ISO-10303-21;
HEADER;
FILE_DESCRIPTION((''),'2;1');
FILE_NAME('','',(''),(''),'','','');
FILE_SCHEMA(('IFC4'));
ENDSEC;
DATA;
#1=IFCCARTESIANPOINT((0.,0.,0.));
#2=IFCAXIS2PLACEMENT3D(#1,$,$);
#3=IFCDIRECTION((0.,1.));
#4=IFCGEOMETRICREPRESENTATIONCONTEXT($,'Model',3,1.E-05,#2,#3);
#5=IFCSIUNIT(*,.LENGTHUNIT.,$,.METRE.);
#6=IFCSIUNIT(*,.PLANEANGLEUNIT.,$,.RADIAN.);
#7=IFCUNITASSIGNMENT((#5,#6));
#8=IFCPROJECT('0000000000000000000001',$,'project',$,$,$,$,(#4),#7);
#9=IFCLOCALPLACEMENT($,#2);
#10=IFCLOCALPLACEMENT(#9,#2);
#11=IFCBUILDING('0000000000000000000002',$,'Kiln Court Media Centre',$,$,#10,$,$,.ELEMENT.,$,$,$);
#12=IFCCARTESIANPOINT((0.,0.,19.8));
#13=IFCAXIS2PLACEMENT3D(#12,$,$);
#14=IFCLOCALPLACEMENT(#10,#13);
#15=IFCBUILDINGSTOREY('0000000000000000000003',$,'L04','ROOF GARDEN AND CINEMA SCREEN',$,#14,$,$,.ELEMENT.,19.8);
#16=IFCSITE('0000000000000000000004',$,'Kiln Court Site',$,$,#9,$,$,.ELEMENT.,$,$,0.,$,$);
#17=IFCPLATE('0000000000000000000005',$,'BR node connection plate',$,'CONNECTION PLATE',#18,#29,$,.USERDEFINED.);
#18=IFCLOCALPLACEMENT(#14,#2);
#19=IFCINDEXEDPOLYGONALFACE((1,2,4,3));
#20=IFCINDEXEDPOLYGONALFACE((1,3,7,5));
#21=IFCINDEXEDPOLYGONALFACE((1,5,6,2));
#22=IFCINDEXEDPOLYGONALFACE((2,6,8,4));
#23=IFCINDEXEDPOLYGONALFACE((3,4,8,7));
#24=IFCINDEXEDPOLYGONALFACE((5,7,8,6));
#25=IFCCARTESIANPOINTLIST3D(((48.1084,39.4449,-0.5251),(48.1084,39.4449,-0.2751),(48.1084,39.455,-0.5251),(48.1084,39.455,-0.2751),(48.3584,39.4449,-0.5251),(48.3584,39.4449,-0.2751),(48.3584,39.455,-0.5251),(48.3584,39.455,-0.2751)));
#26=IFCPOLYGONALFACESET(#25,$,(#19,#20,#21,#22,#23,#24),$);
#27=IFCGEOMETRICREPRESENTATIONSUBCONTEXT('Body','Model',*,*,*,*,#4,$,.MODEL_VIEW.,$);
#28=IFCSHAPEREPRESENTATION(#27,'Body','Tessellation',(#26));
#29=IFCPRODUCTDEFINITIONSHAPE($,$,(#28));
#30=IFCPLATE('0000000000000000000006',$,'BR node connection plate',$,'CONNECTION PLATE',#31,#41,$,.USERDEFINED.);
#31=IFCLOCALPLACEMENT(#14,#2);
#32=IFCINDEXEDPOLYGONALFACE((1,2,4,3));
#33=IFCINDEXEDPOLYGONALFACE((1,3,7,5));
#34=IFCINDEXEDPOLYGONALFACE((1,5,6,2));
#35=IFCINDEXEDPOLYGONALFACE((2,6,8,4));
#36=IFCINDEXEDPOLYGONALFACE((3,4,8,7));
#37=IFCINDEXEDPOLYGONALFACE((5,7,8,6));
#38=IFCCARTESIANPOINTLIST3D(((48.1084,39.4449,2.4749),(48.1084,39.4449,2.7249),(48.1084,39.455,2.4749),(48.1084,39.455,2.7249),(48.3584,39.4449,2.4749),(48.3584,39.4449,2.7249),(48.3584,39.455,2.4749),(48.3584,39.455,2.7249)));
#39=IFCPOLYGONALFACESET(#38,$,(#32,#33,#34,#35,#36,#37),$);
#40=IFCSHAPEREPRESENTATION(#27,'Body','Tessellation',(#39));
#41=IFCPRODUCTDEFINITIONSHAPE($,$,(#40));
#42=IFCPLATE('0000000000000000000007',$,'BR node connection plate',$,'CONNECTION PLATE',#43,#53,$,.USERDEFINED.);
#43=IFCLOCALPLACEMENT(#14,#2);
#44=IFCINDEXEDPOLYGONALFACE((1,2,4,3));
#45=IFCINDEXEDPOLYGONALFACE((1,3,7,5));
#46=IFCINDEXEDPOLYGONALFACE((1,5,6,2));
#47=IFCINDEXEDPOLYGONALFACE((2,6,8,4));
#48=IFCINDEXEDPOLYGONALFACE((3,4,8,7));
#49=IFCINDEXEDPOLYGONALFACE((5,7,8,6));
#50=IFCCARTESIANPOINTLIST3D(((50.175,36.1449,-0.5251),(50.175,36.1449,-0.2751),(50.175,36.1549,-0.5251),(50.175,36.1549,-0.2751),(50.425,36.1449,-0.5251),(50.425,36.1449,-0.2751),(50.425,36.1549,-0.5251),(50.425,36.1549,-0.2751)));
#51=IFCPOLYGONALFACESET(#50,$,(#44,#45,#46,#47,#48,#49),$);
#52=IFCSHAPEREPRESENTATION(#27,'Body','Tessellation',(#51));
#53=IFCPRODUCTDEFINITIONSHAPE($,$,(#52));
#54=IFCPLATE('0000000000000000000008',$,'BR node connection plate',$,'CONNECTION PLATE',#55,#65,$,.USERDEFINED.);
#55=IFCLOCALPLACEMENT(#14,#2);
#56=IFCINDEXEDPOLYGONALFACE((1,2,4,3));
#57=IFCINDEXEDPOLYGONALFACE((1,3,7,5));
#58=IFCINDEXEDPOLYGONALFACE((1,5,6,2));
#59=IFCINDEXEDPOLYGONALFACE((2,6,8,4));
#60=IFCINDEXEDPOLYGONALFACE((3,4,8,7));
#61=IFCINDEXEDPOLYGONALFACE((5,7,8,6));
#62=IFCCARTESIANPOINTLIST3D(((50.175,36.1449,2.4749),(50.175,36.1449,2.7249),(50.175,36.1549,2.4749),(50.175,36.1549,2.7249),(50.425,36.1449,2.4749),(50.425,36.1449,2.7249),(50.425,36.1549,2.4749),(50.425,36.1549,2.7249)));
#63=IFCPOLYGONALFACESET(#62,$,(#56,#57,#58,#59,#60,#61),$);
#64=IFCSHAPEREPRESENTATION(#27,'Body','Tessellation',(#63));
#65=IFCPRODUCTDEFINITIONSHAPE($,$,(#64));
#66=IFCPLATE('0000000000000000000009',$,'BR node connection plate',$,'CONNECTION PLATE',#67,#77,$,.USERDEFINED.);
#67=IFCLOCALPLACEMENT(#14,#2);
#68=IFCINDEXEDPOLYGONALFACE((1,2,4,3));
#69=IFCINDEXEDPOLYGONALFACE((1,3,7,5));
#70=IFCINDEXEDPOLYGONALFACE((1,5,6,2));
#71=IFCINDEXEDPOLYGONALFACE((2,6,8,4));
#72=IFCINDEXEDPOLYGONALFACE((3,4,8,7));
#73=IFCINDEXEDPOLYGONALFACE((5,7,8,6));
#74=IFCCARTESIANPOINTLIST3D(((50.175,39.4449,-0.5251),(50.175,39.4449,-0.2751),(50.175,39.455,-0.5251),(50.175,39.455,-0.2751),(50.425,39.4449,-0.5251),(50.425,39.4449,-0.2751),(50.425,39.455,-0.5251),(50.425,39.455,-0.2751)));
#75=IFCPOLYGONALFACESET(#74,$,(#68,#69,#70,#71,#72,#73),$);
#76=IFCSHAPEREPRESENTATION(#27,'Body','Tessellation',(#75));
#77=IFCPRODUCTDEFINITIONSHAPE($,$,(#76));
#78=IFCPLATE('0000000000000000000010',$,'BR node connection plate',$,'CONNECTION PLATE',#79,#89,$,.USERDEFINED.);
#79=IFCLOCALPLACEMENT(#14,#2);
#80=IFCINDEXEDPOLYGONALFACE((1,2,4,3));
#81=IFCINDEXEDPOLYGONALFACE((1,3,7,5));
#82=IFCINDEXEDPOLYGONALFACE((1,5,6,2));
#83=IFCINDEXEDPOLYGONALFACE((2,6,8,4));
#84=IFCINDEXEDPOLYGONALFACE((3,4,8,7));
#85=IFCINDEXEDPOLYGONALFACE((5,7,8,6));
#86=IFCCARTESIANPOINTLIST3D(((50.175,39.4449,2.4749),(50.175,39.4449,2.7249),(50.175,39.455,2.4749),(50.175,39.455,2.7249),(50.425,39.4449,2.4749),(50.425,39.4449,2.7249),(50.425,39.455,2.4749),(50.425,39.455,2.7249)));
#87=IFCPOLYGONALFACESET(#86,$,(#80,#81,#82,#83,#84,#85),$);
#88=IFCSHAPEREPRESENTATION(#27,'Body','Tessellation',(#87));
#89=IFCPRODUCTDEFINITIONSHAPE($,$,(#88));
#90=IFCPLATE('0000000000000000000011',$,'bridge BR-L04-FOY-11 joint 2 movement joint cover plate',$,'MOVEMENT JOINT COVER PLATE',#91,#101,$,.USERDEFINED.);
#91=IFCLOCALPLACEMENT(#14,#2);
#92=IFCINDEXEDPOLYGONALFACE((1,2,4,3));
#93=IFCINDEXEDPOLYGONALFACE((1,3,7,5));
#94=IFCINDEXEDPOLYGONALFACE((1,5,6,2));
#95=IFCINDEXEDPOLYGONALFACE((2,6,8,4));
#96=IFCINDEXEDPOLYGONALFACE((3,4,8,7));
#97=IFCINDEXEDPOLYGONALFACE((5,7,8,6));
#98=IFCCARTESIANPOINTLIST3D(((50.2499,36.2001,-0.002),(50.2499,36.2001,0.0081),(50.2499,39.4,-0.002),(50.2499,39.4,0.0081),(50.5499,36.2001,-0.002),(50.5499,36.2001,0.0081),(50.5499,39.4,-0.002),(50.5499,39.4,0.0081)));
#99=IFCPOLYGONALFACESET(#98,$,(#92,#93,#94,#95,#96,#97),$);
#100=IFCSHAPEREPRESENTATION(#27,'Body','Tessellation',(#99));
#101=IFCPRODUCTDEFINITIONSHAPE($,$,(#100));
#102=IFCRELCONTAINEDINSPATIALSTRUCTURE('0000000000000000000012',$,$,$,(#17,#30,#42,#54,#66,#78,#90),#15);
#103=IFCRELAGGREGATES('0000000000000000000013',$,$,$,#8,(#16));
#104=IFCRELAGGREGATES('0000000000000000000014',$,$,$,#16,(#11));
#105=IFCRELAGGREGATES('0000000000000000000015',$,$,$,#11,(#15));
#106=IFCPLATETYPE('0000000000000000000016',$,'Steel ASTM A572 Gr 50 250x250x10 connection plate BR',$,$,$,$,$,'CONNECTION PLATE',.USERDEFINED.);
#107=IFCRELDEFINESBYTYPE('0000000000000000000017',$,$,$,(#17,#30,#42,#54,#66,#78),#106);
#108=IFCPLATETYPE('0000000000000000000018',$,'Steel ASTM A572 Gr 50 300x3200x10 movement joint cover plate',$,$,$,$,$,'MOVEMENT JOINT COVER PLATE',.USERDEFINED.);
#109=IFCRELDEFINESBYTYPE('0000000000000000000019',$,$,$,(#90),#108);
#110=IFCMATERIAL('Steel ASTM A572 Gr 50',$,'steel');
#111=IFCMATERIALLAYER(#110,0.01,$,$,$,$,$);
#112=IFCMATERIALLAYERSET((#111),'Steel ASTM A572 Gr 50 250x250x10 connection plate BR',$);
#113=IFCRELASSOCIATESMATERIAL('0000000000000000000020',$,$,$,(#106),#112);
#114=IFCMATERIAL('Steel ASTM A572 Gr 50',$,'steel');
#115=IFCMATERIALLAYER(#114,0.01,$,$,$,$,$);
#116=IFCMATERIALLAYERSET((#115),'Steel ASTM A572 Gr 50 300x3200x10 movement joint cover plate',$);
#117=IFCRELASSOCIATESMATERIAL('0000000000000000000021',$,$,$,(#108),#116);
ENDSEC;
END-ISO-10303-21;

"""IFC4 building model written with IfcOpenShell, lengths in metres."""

from ifc_helpers import new_model, si_unit, direction, frame, origin, origin_2d, place, context, subcontext, project, spatial, rectangle, extrude, material, layer, layer_set, type_object, element, save


model = new_model("IFC4")

# Units and contexts
model_context = context("Model", 3, precision=1e-05, world=origin(), true_north=direction((0.0, 1.0)))
body_context = subcontext(model_context, "Body", "Model", "MODEL_VIEW")
ifc_project = project(units=[si_unit("LENGTHUNIT", "METRE"), si_unit("PLANEANGLEUNIT", "RADIAN")], contexts=[model_context])

# Site, building, storey
site_placement = place(None, origin())
site = spatial("IfcSite", under=ifc_project, at=site_placement, Name="Kiln Court Site", CompositionType="ELEMENT", RefElevation=0.0)
building_placement = place(site_placement, origin())
building = spatial("IfcBuilding", under=site, at=building_placement, Name="Kiln Court Media Centre", CompositionType="ELEMENT")
storey_placement = place(building_placement, frame((0.0, 0.0, 19.8)))
storey = spatial("IfcBuildingStorey", under=building, at=storey_placement, Name="L04", Description="ROOF GARDEN AND CINEMA SCREEN", CompositionType="ELEMENT", Elevation=19.8)

# Plates
ifc_material_1 = material(Name="Steel ASTM A572 Gr 50", Category="steel")
ifc_layer_1 = layer(ifc_material_1, 0.01)
ifc_layer_set_1 = layer_set([ifc_layer_1], Name="Steel ASTM A572 Gr 50 250x250x10 connection plate BR")
plate_type_1 = type_object("IfcPlateType", Name="Steel ASTM A572 Gr 50 250x250x10 connection plate BR", ElementType="CONNECTION PLATE", PredefinedType="USERDEFINED", material=ifc_layer_set_1)
for number, where, z_axis, x_axis, name in (
    (1, (48.2334, 39.45, -0.5251), (0.0, 0.0, 1.0), (1.0, 0.0, 0.0), "BR node connection plate"),
    (2, (48.2334, 39.45, 2.4749), (0.0, 0.0, 1.0), (1.0, 0.0, 0.0), "BR node connection plate"),
    (3, (50.3, 36.1499, -0.5251), (0.0, 0.0, 1.0), (1.0, 0.0, 0.0), "BR node connection plate"),
    (4, (50.3, 36.1499, 2.4749), (0.0, 0.0, 1.0), (1.0, 0.0, 0.0), "BR node connection plate"),
    (5, (50.3, 39.45, -0.5251), (0.0, 0.0, 1.0), (1.0, 0.0, 0.0), "BR node connection plate"),
    (6, (50.3, 39.45, 2.4749), (0.0, 0.0, 1.0), (1.0, 0.0, 0.0), "BR node connection plate"),
):
    element("IfcPlate", number, at=place(storey_placement, frame(where, z_axis=z_axis, x_axis=x_axis)), inside=storey, type_object=plate_type_1, Name=name, ObjectType="CONNECTION PLATE", PredefinedType="USERDEFINED", context=body_context, shape_type="SweptSolid", body=[
        extrude(rectangle(XDim=0.25, YDim=0.01, at=origin_2d()), origin(), (0.0, 0.0, 1.0), 0.25),
    ])
ifc_material_2 = material(Name="Steel ASTM A572 Gr 50", Category="steel")
ifc_layer_2 = layer(ifc_material_2, 0.01)
ifc_layer_set_2 = layer_set([ifc_layer_2], Name="Steel ASTM A572 Gr 50 300x3200x10 movement joint cover plate")
plate_type_2 = type_object("IfcPlateType", Name="Steel ASTM A572 Gr 50 300x3200x10 movement joint cover plate", ElementType="MOVEMENT JOINT COVER PLATE", PredefinedType="USERDEFINED", material=ifc_layer_set_2)
plate_placement = place(storey_placement, frame((50.3999, 37.8, -0.002), z_axis=(0.0, 0.0, 1.0), x_axis=(1.0, 0.0, 0.0)))
element("IfcPlate", 7, at=plate_placement, inside=storey, type_object=plate_type_2, Name="bridge BR-L04-FOY-11 joint 2 movement joint cover plate", ObjectType="MOVEMENT JOINT COVER PLATE", PredefinedType="USERDEFINED", context=body_context, shape_type="SweptSolid", body=[
    extrude(rectangle(XDim=0.3, YDim=3.2, at=origin_2d()), origin(), (0.0, 0.0, 1.0), 0.01),
])

save(model, "model.ifc")
